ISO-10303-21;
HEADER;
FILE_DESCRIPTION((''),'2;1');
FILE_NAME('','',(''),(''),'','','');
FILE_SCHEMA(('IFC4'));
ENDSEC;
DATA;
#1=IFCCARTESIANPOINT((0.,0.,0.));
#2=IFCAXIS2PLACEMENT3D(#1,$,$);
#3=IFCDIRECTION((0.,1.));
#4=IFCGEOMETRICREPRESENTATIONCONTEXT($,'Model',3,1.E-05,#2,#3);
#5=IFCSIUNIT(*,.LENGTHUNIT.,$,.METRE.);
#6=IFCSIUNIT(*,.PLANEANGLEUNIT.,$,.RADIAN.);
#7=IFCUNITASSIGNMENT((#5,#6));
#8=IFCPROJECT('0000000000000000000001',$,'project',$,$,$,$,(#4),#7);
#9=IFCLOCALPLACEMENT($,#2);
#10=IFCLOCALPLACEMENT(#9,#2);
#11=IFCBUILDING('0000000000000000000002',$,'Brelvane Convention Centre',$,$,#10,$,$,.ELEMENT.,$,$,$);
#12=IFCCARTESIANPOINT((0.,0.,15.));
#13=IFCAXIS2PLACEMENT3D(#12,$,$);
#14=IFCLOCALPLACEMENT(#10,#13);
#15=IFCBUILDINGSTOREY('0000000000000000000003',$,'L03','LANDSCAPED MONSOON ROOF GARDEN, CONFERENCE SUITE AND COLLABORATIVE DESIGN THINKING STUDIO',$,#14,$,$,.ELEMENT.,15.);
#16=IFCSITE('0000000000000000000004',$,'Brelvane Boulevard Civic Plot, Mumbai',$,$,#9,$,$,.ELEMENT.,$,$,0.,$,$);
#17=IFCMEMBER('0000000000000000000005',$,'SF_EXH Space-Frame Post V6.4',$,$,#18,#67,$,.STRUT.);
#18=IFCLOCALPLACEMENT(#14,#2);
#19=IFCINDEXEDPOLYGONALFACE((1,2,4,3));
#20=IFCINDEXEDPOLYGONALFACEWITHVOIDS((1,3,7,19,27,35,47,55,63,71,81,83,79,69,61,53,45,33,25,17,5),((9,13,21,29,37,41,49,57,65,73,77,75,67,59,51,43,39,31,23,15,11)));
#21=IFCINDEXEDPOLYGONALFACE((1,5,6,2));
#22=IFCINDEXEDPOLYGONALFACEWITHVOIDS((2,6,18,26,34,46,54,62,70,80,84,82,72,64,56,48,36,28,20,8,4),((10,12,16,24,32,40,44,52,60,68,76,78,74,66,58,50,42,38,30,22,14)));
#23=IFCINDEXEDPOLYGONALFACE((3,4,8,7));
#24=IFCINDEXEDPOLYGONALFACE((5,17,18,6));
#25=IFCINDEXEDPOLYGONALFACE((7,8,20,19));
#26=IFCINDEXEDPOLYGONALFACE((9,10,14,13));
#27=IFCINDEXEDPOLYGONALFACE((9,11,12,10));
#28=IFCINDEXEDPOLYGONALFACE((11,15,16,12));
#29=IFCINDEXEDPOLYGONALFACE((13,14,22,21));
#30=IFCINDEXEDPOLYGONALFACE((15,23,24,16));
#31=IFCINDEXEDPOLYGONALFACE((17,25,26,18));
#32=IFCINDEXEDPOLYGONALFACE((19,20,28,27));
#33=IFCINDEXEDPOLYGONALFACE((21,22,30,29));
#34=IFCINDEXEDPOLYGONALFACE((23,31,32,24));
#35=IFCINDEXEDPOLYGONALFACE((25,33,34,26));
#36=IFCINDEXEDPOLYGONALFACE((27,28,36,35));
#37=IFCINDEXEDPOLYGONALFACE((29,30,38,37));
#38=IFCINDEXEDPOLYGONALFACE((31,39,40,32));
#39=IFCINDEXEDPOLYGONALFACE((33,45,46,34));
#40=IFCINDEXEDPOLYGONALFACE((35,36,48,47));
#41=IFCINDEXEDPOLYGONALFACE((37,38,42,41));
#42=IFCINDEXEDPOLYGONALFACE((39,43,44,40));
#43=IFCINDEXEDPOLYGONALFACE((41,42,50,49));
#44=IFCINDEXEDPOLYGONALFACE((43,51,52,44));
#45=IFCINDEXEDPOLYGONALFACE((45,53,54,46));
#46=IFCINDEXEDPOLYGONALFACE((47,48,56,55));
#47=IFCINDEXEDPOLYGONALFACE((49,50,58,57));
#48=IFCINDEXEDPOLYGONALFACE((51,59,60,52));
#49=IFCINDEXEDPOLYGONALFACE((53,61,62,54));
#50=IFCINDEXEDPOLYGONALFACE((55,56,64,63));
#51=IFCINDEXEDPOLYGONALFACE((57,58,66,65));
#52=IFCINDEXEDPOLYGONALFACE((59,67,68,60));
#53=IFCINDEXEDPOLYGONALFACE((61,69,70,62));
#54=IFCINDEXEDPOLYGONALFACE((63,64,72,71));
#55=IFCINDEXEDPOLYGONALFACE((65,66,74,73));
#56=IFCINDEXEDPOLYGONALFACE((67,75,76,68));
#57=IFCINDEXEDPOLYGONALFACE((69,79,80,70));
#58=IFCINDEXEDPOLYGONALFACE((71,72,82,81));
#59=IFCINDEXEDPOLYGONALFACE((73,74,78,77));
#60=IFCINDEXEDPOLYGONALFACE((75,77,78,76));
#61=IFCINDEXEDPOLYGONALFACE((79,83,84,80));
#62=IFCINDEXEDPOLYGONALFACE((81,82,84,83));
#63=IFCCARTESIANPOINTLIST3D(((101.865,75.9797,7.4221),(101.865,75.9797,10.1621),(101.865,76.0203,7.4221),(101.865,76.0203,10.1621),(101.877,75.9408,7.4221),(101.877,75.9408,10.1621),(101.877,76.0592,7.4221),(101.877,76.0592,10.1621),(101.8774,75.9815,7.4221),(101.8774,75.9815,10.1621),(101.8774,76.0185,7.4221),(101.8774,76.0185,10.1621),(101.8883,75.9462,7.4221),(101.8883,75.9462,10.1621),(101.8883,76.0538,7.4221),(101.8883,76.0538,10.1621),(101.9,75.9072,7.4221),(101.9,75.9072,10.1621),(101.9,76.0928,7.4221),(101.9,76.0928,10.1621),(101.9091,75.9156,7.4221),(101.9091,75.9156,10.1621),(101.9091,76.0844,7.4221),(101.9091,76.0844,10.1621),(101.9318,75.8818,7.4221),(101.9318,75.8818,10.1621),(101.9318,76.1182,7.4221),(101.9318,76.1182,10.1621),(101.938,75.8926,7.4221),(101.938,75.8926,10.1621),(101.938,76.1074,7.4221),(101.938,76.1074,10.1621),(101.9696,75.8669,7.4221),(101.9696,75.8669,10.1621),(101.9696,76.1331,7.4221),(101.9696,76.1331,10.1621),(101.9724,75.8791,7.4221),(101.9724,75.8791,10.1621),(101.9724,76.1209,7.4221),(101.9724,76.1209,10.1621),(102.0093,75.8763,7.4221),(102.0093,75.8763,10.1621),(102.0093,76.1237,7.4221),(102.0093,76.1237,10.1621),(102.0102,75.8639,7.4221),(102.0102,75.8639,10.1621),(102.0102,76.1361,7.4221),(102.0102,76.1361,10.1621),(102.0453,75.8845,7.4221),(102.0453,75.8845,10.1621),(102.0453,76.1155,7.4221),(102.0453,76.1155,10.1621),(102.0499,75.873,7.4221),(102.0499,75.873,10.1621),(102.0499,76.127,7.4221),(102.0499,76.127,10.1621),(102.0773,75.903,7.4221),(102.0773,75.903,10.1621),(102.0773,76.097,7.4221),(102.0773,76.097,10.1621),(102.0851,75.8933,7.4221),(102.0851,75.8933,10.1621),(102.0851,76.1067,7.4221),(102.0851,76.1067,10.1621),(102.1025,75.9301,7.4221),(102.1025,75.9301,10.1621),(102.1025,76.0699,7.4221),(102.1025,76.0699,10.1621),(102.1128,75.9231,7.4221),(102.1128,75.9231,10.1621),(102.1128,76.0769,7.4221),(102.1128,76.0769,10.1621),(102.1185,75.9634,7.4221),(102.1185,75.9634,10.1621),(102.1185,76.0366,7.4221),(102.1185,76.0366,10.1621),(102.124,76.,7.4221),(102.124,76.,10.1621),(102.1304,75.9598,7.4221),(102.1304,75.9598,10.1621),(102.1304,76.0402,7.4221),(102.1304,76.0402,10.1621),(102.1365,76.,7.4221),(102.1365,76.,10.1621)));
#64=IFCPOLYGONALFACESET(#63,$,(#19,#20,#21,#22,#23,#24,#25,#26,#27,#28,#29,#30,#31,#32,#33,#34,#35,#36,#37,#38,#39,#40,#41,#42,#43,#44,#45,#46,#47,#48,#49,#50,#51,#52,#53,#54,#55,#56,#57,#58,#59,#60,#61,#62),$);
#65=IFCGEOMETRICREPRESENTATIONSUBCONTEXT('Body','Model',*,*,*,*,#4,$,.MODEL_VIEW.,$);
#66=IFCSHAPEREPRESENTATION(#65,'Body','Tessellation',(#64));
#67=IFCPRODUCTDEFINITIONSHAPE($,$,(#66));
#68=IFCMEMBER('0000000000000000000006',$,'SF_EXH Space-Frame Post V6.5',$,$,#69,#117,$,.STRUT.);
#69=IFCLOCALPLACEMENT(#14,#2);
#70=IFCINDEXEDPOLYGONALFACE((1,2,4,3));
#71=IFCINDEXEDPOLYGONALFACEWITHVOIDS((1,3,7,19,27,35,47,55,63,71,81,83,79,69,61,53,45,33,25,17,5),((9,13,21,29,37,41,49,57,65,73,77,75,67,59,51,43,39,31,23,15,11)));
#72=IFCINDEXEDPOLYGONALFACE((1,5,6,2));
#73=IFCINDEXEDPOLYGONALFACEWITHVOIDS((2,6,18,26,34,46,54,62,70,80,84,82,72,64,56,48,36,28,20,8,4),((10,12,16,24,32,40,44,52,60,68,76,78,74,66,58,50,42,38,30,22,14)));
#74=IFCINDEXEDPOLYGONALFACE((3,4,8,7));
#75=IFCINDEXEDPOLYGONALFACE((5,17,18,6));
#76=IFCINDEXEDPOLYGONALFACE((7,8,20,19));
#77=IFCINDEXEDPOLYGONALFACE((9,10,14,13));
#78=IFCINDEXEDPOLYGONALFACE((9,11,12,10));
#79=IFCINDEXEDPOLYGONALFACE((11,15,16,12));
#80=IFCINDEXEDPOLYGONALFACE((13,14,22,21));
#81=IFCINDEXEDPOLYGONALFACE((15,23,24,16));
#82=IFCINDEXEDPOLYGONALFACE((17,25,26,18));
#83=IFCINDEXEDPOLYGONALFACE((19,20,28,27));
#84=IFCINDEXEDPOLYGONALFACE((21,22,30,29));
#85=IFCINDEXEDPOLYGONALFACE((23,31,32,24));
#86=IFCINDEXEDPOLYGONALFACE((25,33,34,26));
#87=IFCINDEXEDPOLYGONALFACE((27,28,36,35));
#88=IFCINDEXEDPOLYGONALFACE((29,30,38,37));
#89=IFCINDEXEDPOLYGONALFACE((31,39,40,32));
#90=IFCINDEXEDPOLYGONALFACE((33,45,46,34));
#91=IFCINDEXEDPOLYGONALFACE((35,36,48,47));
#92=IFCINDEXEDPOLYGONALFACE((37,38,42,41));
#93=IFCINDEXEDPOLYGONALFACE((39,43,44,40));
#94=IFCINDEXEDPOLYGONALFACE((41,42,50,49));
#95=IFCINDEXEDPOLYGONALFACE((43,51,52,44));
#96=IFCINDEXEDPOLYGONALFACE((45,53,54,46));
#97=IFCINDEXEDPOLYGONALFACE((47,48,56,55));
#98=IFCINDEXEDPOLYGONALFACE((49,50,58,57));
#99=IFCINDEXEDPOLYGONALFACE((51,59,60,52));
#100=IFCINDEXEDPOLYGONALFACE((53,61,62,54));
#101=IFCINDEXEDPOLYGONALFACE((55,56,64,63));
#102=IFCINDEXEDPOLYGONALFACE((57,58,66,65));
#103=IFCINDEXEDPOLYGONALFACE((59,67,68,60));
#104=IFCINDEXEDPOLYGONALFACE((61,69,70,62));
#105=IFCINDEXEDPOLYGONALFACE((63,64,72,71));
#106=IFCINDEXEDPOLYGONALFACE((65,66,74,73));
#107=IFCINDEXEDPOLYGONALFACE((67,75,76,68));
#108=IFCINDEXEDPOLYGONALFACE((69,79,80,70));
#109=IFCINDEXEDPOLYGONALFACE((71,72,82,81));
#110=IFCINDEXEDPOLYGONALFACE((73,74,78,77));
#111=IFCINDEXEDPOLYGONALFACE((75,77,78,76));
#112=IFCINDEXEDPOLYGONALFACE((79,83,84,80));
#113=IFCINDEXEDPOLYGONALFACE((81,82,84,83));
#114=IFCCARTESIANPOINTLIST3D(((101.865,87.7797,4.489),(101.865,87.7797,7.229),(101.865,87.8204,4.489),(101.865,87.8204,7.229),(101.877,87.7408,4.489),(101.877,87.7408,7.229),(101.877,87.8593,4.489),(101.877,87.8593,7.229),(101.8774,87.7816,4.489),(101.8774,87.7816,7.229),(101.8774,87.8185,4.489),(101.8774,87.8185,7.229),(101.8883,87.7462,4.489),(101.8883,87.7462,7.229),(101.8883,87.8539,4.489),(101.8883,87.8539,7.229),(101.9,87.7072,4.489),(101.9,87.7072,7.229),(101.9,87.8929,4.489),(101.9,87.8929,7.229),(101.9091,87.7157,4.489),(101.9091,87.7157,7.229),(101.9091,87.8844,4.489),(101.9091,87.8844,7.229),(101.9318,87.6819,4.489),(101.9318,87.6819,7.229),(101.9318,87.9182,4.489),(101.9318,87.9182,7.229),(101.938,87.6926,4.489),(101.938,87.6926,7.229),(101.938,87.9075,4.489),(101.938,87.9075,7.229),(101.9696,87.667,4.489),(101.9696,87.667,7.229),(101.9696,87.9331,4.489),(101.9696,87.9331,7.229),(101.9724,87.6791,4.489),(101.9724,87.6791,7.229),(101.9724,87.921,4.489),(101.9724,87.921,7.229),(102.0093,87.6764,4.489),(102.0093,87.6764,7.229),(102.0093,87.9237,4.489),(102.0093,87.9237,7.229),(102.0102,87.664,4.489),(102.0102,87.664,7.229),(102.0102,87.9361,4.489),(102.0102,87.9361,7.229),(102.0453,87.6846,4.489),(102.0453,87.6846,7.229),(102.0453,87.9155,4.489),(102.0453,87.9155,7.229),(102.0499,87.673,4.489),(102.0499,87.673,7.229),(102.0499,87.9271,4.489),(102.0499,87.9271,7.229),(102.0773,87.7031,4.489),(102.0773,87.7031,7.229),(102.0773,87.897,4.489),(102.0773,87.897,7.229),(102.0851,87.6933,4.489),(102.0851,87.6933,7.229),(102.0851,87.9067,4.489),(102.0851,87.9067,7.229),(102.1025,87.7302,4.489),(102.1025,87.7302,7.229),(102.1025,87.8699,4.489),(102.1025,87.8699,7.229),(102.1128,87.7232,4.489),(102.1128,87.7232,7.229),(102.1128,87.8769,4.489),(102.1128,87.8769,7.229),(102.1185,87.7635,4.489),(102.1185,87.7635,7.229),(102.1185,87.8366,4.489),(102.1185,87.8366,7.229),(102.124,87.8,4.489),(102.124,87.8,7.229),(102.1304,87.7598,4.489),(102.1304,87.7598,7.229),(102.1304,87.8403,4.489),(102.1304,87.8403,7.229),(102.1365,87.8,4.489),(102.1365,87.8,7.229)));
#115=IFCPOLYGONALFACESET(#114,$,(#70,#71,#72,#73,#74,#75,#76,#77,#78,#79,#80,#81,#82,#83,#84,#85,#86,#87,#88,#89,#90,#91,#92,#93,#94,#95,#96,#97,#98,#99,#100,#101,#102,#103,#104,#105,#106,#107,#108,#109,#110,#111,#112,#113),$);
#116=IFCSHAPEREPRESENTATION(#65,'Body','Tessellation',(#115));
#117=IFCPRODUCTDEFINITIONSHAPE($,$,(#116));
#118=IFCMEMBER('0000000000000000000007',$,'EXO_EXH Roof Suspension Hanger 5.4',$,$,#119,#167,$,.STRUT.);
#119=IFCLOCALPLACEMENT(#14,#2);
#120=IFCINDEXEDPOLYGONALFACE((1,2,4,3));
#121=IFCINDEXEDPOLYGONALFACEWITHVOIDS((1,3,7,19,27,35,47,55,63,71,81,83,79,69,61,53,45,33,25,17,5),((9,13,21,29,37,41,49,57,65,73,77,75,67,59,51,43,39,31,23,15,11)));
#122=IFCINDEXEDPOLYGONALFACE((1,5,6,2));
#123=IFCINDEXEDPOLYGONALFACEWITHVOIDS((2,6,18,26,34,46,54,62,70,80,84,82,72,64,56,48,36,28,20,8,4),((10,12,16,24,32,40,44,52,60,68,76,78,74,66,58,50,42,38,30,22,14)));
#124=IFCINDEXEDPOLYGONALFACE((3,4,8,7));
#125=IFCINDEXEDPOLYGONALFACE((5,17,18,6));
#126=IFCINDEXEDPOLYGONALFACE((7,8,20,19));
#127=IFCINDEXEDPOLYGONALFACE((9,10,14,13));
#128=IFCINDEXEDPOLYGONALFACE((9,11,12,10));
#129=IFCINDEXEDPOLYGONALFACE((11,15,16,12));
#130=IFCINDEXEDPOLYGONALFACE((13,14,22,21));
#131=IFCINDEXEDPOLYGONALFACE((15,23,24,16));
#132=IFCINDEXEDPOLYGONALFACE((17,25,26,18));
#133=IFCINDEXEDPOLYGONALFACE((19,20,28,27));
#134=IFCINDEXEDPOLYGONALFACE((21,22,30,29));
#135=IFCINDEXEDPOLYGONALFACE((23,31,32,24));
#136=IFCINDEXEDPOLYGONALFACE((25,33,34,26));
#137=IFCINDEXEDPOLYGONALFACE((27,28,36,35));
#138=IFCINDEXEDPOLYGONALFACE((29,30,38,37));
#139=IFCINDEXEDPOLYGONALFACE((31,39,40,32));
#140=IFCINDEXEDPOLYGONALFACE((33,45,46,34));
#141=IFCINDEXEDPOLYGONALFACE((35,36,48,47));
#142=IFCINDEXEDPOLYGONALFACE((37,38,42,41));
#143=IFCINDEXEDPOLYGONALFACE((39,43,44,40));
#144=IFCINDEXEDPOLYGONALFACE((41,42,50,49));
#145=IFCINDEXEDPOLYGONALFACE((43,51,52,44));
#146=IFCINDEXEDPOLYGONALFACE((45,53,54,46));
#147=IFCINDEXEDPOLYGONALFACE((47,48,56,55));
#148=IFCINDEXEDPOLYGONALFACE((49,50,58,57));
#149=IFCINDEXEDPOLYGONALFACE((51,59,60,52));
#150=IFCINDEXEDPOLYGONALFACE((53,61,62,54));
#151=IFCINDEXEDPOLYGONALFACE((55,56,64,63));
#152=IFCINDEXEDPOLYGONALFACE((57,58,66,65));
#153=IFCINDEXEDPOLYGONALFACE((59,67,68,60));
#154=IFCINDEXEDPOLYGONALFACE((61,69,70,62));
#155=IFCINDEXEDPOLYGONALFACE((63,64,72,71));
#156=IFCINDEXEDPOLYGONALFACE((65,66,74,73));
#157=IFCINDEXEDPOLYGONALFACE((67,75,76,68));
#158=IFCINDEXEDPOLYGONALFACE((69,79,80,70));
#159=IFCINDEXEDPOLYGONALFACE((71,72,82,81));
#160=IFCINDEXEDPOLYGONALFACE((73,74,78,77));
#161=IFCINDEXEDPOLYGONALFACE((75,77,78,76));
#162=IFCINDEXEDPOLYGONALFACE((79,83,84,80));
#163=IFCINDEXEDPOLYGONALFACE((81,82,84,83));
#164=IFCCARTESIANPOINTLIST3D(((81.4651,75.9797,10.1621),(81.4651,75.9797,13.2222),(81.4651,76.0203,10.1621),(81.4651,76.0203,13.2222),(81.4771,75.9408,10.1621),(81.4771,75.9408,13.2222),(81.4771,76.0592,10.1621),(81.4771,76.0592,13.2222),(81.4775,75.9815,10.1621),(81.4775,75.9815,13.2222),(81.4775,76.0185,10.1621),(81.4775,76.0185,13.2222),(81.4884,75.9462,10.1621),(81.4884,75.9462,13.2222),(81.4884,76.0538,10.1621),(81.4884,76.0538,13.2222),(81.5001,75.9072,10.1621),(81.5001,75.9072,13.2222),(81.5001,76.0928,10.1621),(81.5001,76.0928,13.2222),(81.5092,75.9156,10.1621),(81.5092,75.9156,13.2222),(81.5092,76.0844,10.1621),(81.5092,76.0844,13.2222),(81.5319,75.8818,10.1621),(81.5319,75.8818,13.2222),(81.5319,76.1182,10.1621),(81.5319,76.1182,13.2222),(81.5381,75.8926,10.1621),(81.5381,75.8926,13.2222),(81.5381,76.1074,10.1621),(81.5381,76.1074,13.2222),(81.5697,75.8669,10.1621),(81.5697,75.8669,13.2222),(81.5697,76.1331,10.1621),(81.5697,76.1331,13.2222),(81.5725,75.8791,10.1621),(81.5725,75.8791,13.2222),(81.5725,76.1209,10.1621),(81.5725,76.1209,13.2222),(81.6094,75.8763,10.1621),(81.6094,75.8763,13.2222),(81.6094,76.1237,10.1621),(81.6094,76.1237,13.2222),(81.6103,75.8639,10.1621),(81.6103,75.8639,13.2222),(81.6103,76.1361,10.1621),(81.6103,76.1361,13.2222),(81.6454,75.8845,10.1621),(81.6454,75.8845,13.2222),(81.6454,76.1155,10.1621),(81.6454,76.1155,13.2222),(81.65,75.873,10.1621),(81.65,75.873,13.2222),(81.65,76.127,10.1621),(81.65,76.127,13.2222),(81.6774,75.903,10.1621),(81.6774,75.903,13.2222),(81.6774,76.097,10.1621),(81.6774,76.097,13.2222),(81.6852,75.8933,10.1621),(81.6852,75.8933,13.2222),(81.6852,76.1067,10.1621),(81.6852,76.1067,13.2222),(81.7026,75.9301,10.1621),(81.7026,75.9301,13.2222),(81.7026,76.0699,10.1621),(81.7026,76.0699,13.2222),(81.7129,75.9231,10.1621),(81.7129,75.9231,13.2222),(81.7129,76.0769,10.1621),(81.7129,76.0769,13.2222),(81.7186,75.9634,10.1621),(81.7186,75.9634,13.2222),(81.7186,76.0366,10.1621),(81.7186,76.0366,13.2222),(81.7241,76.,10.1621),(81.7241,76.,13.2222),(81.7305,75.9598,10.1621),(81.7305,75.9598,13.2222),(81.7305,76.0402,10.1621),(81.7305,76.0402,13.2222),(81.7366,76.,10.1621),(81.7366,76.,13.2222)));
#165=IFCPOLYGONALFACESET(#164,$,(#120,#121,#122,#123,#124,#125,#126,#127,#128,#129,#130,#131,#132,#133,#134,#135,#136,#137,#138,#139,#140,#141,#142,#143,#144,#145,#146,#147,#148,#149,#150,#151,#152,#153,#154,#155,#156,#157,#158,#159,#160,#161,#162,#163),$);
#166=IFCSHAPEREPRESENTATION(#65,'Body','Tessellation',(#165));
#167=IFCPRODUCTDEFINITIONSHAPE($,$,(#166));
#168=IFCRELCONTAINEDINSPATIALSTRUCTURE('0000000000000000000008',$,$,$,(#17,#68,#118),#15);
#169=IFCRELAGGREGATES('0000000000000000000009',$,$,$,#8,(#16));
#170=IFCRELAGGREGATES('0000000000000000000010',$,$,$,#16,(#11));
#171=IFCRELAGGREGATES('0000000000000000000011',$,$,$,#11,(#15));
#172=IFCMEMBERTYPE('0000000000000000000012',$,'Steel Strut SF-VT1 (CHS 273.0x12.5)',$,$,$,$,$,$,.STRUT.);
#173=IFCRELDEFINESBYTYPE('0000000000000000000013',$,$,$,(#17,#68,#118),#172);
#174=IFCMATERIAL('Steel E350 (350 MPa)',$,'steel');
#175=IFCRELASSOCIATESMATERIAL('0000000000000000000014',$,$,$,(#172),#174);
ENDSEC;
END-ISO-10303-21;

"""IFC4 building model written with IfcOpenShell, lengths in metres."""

from ifc_helpers import new_model, si_unit, direction, frame, origin, origin_2d, place, context, subcontext, project, spatial, hollow_circle, extrude, material, material_profile, profile_set, type_object, element, save


model = new_model("IFC4")

# Units and contexts
model_context = context("Model", 3, precision=1e-05, world=origin(), true_north=direction((0.0, 1.0)))
body_context = subcontext(model_context, "Body", "Model", "MODEL_VIEW")
ifc_project = project(units=[si_unit("LENGTHUNIT", "METRE"), si_unit("PLANEANGLEUNIT", "RADIAN")], contexts=[model_context])

# Site, building, storey
site_placement = place(None, origin())
site = spatial("IfcSite", under=ifc_project, at=site_placement, Name="Brelvane Boulevard Civic Plot, Mumbai", CompositionType="ELEMENT", RefElevation=0.0)
building_placement = place(site_placement, origin())
building = spatial("IfcBuilding", under=site, at=building_placement, Name="Brelvane Convention Centre", CompositionType="ELEMENT")
storey_placement = place(building_placement, frame((0.0, 0.0, 15.0)))
storey = spatial("IfcBuildingStorey", under=building, at=storey_placement, Name="L03", Description="LANDSCAPED MONSOON ROOF GARDEN, CONFERENCE SUITE AND COLLABORATIVE DESIGN THINKING STUDIO", CompositionType="ELEMENT", Elevation=15.0)

# Members
ifc_material_1 = material(Name="Steel E350 (350 MPa)", Category="steel")
ifc_material_profile_1 = material_profile(ifc_material_1, hollow_circle(Radius=0.1365, WallThickness=0.0125, at=origin_2d()), Name="CHS 273.0x12.5")
ifc_profile_set_1 = profile_set([ifc_material_profile_1], Name="Steel E350 (350 MPa)")
member_type_1 = type_object("IfcMemberType", Name="Steel Strut SF-VT1 (CHS 273.0x12.5)", PredefinedType="STRUT", material=ifc_profile_set_1)
for number, where, z_axis, x_axis, name in (
    (1, (102.0, 76.0, 7.4221), (0.0, 0.0, 1.0), (1.0, 0.0, 0.0), "SF_EXH Space-Frame Post V6.4"),
    (2, (102.0, 87.8, 4.489), (0.0, 0.0, 1.0), (1.0, 0.0, 0.0), "SF_EXH Space-Frame Post V6.5"),
):
    element("IfcMember", number, at=place(storey_placement, frame(where, z_axis=z_axis, x_axis=x_axis)), inside=storey, type_object=member_type_1, Name=name, PredefinedType="STRUT", context=body_context, shape_type="SweptSolid", body=[
        extrude(hollow_circle(Radius=0.1365, WallThickness=0.0125, at=origin_2d()), origin(), (0.0, 0.0, 1.0), 2.74),
    ])
member_1_placement = place(storey_placement, frame((81.6001, 76.0, 10.1621), z_axis=(0.0, 0.0, 1.0), x_axis=(1.0, 0.0, 0.0)))
element("IfcMember", 3, at=member_1_placement, inside=storey, type_object=member_type_1, Name="EXO_EXH Roof Suspension Hanger 5.4", PredefinedType="STRUT", context=body_context, shape_type="SweptSolid", body=[
    extrude(hollow_circle(Radius=0.1365, WallThickness=0.0125, at=origin_2d()), origin(), (0.0, 0.0, 1.0), 3.0601),
])

save(model, "model.ifc")
